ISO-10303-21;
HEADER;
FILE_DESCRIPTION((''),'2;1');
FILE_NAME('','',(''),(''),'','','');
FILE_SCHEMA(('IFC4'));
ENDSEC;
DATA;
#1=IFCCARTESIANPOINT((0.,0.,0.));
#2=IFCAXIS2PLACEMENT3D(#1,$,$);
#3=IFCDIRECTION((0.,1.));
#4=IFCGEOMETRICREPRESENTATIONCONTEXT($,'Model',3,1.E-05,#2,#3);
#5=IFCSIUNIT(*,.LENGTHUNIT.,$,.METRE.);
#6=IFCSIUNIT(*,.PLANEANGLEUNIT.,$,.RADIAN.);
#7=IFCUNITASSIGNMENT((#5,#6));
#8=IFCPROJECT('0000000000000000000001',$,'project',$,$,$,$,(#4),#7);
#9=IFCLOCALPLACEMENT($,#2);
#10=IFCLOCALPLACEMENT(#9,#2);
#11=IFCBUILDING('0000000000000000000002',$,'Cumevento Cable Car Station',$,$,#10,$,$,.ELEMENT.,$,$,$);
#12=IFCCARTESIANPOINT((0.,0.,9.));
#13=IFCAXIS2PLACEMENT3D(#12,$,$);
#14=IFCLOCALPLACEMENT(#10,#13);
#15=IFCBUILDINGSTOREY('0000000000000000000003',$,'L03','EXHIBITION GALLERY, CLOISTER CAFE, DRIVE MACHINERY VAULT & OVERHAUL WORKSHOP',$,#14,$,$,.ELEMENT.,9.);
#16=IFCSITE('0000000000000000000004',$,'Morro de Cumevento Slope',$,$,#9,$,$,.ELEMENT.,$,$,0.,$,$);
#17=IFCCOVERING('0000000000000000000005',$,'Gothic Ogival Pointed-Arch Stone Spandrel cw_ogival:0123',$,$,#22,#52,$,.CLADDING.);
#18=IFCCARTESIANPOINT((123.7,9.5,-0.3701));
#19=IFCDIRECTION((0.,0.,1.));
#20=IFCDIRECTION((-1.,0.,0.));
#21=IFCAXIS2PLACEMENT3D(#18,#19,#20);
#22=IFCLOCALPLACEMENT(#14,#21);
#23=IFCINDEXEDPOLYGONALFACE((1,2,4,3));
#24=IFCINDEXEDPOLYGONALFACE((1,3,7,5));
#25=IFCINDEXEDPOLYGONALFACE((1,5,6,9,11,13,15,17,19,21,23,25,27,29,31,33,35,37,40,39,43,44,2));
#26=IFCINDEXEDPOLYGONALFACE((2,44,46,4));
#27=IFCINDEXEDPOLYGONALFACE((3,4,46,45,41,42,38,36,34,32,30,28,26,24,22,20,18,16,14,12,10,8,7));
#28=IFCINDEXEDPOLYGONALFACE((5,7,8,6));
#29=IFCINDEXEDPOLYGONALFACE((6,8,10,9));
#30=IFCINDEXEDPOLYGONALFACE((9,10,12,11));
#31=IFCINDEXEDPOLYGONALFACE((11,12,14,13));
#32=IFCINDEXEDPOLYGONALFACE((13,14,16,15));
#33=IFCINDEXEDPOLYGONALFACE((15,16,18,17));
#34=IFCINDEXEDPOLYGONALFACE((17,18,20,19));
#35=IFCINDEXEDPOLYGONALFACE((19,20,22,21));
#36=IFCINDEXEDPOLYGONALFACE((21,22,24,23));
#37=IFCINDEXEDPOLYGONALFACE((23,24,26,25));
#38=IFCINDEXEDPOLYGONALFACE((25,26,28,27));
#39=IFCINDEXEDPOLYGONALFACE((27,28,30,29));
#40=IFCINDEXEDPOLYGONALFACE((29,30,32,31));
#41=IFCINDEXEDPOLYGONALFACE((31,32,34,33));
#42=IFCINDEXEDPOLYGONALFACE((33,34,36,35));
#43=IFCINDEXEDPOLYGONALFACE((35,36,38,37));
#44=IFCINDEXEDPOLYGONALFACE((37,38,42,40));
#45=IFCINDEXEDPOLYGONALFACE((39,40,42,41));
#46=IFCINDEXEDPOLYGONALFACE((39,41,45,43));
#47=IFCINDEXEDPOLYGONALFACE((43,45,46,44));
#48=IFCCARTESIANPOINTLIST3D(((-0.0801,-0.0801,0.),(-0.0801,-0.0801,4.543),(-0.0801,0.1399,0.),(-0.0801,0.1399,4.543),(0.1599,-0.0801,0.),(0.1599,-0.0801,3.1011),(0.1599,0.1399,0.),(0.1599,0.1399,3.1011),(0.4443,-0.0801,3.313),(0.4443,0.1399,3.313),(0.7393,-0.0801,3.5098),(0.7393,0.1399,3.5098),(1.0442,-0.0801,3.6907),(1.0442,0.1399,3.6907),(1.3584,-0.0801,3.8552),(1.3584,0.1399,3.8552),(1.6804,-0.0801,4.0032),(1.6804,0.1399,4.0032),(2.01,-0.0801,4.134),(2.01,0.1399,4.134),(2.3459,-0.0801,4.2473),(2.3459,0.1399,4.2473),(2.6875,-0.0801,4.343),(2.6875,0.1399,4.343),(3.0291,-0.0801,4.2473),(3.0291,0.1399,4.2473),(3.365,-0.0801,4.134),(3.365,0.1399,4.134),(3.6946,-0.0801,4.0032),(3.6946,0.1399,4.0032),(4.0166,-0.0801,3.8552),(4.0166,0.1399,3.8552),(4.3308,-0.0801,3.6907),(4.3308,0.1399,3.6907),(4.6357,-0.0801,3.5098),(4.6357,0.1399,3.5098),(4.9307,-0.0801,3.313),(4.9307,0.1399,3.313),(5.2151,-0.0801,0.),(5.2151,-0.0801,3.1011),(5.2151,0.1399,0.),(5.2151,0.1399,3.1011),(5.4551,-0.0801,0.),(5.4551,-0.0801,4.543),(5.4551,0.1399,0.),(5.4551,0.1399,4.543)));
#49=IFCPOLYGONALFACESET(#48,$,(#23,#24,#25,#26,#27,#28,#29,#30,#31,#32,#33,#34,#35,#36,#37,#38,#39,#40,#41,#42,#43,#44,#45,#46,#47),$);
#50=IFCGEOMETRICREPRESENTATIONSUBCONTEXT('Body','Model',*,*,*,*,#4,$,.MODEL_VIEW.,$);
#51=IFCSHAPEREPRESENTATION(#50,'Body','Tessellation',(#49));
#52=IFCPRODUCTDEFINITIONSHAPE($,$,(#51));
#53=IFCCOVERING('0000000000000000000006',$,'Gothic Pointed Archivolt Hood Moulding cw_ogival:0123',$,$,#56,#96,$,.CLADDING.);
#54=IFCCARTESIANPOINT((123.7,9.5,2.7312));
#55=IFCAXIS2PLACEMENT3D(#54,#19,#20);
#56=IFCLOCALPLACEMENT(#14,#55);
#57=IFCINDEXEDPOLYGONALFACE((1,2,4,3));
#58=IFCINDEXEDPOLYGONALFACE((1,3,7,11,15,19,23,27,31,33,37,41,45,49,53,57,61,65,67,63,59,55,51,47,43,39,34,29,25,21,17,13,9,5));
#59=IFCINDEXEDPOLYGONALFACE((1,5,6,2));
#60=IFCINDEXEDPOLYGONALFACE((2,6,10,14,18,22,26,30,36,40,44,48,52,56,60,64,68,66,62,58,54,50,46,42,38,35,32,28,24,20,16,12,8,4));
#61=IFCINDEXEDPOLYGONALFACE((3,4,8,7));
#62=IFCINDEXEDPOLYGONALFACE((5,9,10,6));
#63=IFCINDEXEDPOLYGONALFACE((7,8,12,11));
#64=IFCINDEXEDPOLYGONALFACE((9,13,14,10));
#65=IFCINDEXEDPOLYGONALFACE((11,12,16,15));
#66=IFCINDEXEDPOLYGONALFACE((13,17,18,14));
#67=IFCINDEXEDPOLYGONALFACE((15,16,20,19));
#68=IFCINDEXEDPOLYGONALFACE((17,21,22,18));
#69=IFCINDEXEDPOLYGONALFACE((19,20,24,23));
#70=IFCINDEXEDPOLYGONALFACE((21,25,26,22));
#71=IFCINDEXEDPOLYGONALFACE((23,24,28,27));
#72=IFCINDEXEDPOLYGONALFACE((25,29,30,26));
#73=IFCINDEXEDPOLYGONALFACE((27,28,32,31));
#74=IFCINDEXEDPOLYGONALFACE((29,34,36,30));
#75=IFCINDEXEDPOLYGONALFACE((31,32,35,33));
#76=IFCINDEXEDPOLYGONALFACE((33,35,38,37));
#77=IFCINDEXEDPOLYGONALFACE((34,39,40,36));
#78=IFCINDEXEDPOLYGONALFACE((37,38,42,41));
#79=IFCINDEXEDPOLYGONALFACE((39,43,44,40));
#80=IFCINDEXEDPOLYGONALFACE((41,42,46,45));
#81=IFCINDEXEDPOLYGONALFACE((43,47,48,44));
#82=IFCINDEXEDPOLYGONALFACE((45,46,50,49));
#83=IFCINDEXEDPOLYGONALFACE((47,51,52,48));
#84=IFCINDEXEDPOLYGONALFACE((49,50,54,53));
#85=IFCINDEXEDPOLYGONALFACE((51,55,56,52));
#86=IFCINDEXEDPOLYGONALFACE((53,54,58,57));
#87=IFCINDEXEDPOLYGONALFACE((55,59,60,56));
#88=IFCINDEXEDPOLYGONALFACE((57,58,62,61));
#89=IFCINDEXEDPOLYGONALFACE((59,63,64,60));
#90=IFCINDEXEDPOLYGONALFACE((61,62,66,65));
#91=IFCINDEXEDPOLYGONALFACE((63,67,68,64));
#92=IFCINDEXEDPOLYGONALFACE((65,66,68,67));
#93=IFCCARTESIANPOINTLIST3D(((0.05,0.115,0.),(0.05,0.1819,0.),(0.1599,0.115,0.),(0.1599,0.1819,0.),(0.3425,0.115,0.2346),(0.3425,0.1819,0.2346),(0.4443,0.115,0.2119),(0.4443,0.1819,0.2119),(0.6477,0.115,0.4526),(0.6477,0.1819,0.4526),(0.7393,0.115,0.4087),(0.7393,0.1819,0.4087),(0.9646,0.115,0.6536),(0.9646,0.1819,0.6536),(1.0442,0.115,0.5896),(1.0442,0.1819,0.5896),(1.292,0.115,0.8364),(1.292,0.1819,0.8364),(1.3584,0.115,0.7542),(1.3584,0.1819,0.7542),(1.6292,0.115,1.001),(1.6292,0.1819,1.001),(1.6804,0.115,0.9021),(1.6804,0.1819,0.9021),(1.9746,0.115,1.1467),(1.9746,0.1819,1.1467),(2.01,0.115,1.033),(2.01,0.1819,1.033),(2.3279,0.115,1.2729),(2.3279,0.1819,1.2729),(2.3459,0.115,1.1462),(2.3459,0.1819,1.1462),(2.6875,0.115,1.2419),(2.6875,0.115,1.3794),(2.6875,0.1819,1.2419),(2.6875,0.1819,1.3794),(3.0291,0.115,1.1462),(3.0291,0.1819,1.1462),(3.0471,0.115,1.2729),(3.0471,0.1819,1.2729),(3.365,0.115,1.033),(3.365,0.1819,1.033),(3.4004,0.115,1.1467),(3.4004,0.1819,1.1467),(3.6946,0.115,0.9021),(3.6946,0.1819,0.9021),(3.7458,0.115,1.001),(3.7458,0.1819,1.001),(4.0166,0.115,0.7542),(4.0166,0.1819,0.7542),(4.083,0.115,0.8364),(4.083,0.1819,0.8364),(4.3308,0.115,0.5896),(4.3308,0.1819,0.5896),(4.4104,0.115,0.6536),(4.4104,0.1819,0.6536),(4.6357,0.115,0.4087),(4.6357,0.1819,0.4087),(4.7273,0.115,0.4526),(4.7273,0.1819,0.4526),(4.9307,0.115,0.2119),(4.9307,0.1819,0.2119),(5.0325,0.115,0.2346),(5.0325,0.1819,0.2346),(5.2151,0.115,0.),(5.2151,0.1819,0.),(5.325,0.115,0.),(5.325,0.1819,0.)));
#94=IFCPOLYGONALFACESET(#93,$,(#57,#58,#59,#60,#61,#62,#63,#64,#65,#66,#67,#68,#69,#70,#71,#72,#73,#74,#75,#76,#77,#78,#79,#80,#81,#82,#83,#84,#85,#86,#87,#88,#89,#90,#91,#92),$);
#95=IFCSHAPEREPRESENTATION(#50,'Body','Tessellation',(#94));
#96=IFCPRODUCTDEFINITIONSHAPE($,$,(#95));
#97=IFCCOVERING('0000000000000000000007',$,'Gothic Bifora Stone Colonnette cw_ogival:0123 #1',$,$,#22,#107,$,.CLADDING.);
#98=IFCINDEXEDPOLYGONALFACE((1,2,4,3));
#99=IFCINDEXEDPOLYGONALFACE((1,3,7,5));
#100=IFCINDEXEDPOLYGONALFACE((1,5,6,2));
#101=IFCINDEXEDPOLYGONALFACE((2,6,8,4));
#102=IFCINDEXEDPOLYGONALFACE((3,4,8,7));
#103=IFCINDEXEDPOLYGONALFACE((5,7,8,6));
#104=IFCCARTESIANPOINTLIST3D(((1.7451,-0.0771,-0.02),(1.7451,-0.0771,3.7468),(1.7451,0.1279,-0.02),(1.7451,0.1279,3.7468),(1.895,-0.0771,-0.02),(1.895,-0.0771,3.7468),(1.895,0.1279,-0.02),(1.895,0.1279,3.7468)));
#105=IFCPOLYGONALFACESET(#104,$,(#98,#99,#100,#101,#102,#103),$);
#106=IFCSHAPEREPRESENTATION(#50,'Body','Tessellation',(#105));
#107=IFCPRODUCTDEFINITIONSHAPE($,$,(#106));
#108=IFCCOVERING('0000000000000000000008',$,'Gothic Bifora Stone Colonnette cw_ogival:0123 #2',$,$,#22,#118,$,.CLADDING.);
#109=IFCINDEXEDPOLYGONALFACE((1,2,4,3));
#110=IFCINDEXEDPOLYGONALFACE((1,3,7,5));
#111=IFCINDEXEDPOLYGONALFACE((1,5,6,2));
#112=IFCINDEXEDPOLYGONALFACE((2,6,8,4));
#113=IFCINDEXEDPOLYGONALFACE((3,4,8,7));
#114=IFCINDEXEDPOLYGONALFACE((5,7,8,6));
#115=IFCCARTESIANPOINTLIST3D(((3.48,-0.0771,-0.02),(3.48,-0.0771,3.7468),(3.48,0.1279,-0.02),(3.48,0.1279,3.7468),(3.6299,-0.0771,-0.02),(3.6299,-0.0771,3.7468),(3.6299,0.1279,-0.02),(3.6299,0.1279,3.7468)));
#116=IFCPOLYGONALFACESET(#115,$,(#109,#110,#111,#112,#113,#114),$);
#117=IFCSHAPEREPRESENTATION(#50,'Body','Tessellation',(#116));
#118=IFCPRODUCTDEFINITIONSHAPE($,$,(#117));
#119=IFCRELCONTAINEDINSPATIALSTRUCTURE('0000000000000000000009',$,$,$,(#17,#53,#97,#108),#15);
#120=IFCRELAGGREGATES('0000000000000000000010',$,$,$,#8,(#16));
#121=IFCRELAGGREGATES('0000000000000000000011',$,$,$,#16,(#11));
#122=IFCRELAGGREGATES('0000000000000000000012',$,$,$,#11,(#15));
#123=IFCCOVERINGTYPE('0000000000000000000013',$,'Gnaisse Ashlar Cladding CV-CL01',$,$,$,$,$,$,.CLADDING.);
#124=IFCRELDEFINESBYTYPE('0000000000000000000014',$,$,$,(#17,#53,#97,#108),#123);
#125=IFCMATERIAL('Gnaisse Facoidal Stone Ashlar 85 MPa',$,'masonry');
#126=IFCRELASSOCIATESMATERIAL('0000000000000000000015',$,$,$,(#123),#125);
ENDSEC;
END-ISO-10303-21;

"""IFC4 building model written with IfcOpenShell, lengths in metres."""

from ifc_helpers import new_model, si_unit, direction, frame, origin, place, context, subcontext, project, spatial, polyline, outline, extrude, material, type_object, element, save


model = new_model("IFC4")

# Units and contexts
model_context = context("Model", 3, precision=1e-05, world=origin(), true_north=direction((0.0, 1.0)))
body_context = subcontext(model_context, "Body", "Model", "MODEL_VIEW")
ifc_project = project(units=[si_unit("LENGTHUNIT", "METRE"), si_unit("PLANEANGLEUNIT", "RADIAN")], contexts=[model_context])

# Site, building, storey
site_placement = place(None, origin())
site = spatial("IfcSite", under=ifc_project, at=site_placement, Name="Morro de Cumevento Slope", CompositionType="ELEMENT", RefElevation=0.0)
building_placement = place(site_placement, origin())
building = spatial("IfcBuilding", under=site, at=building_placement, Name="Cumevento Cable Car Station", CompositionType="ELEMENT")
storey_placement = place(building_placement, frame((0.0, 0.0, 9.0)))
storey = spatial("IfcBuildingStorey", under=building, at=storey_placement, Name="L03", Description="EXHIBITION GALLERY, CLOISTER CAFE, DRIVE MACHINERY VAULT & OVERHAUL WORKSHOP", CompositionType="ELEMENT", Elevation=9.0)

# Coverings
ifc_material_1 = material(Name="Gnaisse Facoidal Stone Ashlar 85 MPa", Category="masonry")
covering_type = type_object("IfcCoveringType", Name="Gnaisse Ashlar Cladding CV-CL01", PredefinedType="CLADDING", material=ifc_material_1)
placement = place(storey_placement, frame((123.7, 9.5, -0.3701), z_axis=(0.0, 0.0, 1.0), x_axis=(-1.0, 0.0, 0.0)))
element("IfcCovering", 1, at=placement, inside=storey, type_object=covering_type, Name="Gothic Ogival Pointed-Arch Stone Spandrel cw_ogival:0123", PredefinedType="CLADDING", context=body_context, shape_type="SweptSolid", body=[
    extrude(outline(polyline([(-0.0801, 0.0), (-0.0801, 4.543), (5.4551, 4.543), (5.4551, 0.0), (5.2151, 0.0), (5.2151, 3.1011), (4.9307, 3.313), (4.6357, 3.5098), (4.3308, 3.6907), (4.0166, 3.8552), (3.6946, 4.0032), (3.365, 4.134), (3.0291, 4.2473), (2.6875, 4.343), (2.3459, 4.2473), (2.01, 4.134), (1.6804, 4.0032), (1.3584, 3.8552), (1.0442, 3.6907), (0.7393, 3.5098), (0.4443, 3.313), (0.1599, 3.1011), (0.1599, 0.0), (-0.0801, 0.0)])), frame((0.0, 0.1399, 0.0), z_axis=(0.0, -1.0, 0.0), x_axis=(1.0, 0.0, 0.0)), (0.0, 0.0, 1.0), 0.22),
])
covering_1_placement = place(storey_placement, frame((123.7, 9.5, 2.7312), z_axis=(0.0, 0.0, 1.0), x_axis=(-1.0, 0.0, 0.0)))
element("IfcCovering", 2, at=covering_1_placement, inside=storey, type_object=covering_type, Name="Gothic Pointed Archivolt Hood Moulding cw_ogival:0123", PredefinedType="CLADDING", context=body_context, shape_type="SweptSolid", body=[
    extrude(outline(polyline([(0.1599, 0.0), (0.4443, 0.2119), (0.7393, 0.4087), (1.0442, 0.5896), (1.3584, 0.7542), (1.6804, 0.9021), (2.01, 1.033), (2.3459, 1.1462), (2.6875, 1.2419), (3.0291, 1.1462), (3.365, 1.033), (3.6946, 0.9021), (4.0166, 0.7542), (4.3308, 0.5896), (4.6357, 0.4087), (4.9307, 0.2119), (5.2151, 0.0), (5.325, 0.0), (5.0325, 0.2346), (4.7273, 0.4526), (4.4104, 0.6536), (4.083, 0.8364), (3.7458, 1.001), (3.4004, 1.1467), (3.0471, 1.2729), (2.6875, 1.3794), (2.3279, 1.2729), (1.9746, 1.1467), (1.6292, 1.001), (1.292, 0.8364), (0.9646, 0.6536), (0.6477, 0.4526), (0.3425, 0.2346), (0.05, 0.0), (0.1599, 0.0)])), frame((0.0, 0.1819, 0.0), z_axis=(0.0, -1.0, 0.0), x_axis=(1.0, 0.0, 0.0)), (0.0, 0.0, 1.0), 0.0669),
])
element("IfcCovering", 3, at=placement, inside=storey, type_object=covering_type, Name="Gothic Bifora Stone Colonnette cw_ogival:0123 #1", PredefinedType="CLADDING", context=body_context, shape_type="SweptSolid", body=[
    extrude(outline(polyline([(1.7451, -0.02), (1.895, -0.02), (1.895, 3.7468), (1.7451, 3.7468), (1.7451, -0.02)])), frame((0.0, 0.1279, 0.0), z_axis=(0.0, -1.0, 0.0), x_axis=(1.0, 0.0, 0.0)), (0.0, 0.0, 1.0), 0.2051),
])
element("IfcCovering", 4, at=placement, inside=storey, type_object=covering_type, Name="Gothic Bifora Stone Colonnette cw_ogival:0123 #2", PredefinedType="CLADDING", context=body_context, shape_type="SweptSolid", body=[
    extrude(outline(polyline([(3.48, -0.02), (3.6299, -0.02), (3.6299, 3.7468), (3.48, 3.7468), (3.48, -0.02)])), frame((0.0, 0.1279, 0.0), z_axis=(0.0, -1.0, 0.0), x_axis=(1.0, 0.0, 0.0)), (0.0, 0.0, 1.0), 0.2051),
])

save(model, "model.ifc")
